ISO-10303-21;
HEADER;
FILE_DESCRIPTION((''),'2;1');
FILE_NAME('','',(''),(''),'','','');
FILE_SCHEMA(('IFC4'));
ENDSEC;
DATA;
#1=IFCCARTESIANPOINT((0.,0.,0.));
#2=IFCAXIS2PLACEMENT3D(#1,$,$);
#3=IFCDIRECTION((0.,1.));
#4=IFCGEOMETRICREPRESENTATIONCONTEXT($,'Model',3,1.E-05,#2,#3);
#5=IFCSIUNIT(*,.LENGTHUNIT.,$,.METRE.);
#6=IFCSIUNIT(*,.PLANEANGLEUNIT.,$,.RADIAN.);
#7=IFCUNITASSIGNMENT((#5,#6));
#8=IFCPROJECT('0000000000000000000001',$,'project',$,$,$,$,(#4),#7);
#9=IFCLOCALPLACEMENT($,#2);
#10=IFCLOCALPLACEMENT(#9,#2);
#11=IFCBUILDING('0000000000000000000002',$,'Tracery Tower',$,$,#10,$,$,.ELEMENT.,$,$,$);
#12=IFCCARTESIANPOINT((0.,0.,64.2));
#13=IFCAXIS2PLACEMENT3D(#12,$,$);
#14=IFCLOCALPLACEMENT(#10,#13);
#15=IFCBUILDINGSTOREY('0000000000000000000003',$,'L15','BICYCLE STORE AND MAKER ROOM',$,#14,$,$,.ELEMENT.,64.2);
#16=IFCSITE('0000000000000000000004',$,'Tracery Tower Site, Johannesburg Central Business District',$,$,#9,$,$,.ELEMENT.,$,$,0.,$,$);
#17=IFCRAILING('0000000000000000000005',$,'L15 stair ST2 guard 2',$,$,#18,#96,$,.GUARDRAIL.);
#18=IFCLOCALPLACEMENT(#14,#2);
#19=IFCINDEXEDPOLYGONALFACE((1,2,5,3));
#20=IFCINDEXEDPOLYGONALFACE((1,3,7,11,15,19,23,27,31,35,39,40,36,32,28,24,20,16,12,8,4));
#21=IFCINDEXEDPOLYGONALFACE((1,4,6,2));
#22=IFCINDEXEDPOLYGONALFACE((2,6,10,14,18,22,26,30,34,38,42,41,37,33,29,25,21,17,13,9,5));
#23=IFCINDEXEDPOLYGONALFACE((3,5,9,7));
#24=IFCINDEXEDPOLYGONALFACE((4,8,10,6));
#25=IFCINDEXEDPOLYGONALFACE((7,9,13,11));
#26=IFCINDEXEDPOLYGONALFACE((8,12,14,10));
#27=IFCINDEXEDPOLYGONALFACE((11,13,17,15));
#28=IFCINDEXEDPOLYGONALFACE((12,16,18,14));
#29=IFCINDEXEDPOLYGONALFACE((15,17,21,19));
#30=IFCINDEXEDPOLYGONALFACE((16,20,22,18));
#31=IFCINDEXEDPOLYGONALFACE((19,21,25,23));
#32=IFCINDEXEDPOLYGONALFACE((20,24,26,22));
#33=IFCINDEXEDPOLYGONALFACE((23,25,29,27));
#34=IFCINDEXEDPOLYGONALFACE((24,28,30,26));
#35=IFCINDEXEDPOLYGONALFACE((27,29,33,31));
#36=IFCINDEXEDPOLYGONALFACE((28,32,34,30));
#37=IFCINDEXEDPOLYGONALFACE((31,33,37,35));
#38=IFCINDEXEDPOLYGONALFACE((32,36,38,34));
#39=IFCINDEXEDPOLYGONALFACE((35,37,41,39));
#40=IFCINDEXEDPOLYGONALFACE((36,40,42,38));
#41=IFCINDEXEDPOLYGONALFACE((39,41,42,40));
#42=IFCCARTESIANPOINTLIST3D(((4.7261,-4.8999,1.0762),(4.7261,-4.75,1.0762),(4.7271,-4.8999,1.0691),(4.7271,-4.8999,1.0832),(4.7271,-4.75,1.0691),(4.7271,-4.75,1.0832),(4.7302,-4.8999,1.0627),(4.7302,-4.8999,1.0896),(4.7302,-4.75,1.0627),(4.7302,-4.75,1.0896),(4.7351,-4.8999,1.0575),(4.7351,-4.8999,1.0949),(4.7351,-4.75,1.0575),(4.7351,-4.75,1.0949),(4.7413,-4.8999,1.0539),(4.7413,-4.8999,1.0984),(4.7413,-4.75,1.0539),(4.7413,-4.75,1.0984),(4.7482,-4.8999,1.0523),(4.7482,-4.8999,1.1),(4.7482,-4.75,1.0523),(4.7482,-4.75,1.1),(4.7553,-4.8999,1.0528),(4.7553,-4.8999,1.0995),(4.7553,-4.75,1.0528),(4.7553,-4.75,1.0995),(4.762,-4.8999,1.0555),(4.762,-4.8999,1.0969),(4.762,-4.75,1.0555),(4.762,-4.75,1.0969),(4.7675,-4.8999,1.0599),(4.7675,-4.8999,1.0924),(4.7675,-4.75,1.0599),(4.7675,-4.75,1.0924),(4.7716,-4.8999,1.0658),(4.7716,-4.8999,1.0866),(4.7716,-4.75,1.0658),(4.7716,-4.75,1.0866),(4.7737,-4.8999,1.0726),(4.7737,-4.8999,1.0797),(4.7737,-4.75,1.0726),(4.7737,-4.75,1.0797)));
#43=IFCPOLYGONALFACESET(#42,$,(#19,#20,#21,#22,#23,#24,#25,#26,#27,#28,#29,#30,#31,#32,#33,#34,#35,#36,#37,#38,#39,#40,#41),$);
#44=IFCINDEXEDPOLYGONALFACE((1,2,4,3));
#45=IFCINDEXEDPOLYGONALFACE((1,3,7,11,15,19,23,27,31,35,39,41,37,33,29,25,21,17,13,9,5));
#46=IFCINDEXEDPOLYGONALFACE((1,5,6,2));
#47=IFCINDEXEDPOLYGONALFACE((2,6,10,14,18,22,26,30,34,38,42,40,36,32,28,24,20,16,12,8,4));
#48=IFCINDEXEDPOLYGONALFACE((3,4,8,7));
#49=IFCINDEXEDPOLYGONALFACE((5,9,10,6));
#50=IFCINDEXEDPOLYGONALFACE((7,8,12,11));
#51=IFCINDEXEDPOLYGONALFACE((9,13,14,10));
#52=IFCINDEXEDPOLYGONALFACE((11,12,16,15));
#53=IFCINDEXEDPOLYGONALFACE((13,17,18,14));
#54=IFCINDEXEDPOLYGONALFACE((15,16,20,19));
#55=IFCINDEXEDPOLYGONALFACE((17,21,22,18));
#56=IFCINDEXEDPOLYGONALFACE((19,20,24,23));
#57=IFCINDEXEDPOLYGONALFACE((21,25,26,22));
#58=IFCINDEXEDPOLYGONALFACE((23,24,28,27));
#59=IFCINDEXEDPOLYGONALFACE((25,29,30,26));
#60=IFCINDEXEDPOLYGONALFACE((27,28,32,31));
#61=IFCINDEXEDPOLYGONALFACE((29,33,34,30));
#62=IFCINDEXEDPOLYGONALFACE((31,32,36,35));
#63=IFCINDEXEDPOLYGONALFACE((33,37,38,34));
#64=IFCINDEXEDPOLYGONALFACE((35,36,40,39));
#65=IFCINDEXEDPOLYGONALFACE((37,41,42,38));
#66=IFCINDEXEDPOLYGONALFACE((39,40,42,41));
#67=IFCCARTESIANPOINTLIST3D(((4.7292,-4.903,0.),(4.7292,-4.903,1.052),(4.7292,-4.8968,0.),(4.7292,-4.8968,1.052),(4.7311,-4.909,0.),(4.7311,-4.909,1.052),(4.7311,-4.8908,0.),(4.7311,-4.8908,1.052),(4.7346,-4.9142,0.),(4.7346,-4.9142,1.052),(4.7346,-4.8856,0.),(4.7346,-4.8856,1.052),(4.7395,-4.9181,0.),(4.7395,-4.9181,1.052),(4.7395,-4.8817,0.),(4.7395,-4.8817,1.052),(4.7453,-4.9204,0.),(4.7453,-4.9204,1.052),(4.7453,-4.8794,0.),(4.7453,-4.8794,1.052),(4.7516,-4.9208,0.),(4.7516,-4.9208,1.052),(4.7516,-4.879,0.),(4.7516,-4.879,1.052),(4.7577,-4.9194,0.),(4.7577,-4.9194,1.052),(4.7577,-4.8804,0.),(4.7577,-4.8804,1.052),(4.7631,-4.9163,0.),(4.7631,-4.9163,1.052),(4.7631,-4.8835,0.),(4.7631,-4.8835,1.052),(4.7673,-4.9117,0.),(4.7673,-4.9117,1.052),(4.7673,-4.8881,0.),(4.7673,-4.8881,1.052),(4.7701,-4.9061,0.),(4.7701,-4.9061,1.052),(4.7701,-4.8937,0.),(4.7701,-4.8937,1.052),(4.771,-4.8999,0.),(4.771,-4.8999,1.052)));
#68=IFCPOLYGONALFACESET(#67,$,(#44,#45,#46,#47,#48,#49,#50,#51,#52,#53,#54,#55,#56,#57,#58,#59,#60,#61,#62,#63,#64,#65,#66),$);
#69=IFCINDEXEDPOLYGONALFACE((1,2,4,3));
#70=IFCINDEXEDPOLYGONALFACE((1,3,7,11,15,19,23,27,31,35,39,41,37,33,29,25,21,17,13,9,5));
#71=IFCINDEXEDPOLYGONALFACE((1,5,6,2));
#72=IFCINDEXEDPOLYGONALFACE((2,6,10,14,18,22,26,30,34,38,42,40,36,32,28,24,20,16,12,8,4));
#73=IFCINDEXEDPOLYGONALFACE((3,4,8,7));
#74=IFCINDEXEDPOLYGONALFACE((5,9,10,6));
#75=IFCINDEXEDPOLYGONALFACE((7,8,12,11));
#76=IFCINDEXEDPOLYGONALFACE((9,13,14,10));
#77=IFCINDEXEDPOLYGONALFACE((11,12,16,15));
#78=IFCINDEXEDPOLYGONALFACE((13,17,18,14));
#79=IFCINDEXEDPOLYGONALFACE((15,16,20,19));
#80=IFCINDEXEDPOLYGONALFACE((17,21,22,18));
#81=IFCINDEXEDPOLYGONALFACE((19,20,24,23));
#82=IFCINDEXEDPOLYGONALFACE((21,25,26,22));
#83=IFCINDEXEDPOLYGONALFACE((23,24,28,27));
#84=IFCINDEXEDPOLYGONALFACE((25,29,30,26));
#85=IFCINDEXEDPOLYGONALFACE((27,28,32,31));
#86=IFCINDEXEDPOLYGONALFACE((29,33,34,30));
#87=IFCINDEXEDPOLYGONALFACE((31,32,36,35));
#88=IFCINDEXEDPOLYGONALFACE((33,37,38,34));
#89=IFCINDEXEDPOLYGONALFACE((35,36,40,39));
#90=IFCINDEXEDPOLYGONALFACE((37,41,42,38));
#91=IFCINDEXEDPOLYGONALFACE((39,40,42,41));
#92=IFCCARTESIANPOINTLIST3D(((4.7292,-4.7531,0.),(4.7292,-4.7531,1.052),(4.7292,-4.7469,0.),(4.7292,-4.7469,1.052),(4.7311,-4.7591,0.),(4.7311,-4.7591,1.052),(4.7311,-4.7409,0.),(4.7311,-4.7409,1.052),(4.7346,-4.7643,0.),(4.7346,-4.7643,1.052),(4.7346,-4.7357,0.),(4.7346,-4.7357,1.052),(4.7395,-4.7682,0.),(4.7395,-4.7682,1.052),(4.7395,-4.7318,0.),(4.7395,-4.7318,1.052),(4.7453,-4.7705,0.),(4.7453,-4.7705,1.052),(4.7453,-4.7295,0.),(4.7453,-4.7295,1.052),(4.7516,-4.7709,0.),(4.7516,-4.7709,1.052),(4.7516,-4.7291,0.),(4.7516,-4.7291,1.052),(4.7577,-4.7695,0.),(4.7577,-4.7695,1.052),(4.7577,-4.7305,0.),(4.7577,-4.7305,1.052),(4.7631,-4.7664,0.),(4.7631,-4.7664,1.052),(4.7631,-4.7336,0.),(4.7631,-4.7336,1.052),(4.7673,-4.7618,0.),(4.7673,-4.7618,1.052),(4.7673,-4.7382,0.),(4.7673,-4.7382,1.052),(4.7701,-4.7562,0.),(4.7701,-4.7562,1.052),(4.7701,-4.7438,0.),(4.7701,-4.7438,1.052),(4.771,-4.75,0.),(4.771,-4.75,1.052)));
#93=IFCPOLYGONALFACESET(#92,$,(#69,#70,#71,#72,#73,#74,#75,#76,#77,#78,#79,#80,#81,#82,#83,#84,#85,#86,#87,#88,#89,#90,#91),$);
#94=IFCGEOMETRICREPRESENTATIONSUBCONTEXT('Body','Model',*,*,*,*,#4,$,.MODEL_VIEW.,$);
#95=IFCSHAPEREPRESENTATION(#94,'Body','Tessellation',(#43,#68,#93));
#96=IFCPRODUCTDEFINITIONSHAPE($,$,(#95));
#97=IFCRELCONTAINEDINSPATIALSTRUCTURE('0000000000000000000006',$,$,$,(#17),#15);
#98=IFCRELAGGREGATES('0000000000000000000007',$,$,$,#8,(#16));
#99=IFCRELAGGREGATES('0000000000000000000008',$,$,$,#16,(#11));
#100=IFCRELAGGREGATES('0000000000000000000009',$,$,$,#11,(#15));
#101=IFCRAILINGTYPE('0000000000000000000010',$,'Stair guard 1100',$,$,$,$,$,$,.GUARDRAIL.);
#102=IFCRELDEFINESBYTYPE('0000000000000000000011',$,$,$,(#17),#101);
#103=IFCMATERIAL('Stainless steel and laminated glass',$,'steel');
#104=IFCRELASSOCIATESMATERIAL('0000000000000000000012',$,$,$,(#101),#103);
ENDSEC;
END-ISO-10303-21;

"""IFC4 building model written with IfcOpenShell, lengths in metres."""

from ifc_helpers import new_model, si_unit, direction, frame, origin, origin_2d, place, context, subcontext, project, spatial, circle, extrude, material, type_object, element, save


model = new_model("IFC4")

# Units and contexts
model_context = context("Model", 3, precision=1e-05, world=origin(), true_north=direction((0.0, 1.0)))
body_context = subcontext(model_context, "Body", "Model", "MODEL_VIEW")
ifc_project = project(units=[si_unit("LENGTHUNIT", "METRE"), si_unit("PLANEANGLEUNIT", "RADIAN")], contexts=[model_context])

# Site, building, storey
site_placement = place(None, origin())
site = spatial("IfcSite", under=ifc_project, at=site_placement, Name="Tracery Tower Site, Johannesburg Central Business District", CompositionType="ELEMENT", RefElevation=0.0)
building_placement = place(site_placement, origin())
building = spatial("IfcBuilding", under=site, at=building_placement, Name="Tracery Tower", CompositionType="ELEMENT")
storey_placement = place(building_placement, frame((0.0, 0.0, 64.2)))
storey = spatial("IfcBuildingStorey", under=building, at=storey_placement, Name="L15", Description="BICYCLE STORE AND MAKER ROOM", CompositionType="ELEMENT", Elevation=64.2)

# Railing
ifc_material_1 = material(Name="Stainless steel and laminated glass", Category="steel")
railing_type_1 = type_object("IfcRailingType", Name="Stair guard 1100", PredefinedType="GUARDRAIL", material=ifc_material_1)
railing_1_placement = place(storey_placement, frame((4.75, -4.8999, 0.0)))
element("IfcRailing", 1, at=railing_1_placement, inside=storey, type_object=railing_type_1, Name="L15 stair ST2 guard 2", PredefinedType="GUARDRAIL", context=body_context, shape_type="SweptSolid", body=[
    extrude(circle(Radius=0.0239, at=origin_2d()), frame((0.0, 0.0, 1.0762), z_axis=(0.0, 1.0, 0.0), x_axis=(-1.0, 0.0, 0.0)), (0.0, 0.0, 1.0), 0.1499),
    extrude(circle(Radius=0.021, at=origin_2d()), origin(), (0.0, 0.0, 1.0), 1.052),
    extrude(circle(Radius=0.021, at=origin_2d()), frame((0.0, 0.1499, 0.0)), (0.0, 0.0, 1.0), 1.052),
])

save(model, "model.ifc")
